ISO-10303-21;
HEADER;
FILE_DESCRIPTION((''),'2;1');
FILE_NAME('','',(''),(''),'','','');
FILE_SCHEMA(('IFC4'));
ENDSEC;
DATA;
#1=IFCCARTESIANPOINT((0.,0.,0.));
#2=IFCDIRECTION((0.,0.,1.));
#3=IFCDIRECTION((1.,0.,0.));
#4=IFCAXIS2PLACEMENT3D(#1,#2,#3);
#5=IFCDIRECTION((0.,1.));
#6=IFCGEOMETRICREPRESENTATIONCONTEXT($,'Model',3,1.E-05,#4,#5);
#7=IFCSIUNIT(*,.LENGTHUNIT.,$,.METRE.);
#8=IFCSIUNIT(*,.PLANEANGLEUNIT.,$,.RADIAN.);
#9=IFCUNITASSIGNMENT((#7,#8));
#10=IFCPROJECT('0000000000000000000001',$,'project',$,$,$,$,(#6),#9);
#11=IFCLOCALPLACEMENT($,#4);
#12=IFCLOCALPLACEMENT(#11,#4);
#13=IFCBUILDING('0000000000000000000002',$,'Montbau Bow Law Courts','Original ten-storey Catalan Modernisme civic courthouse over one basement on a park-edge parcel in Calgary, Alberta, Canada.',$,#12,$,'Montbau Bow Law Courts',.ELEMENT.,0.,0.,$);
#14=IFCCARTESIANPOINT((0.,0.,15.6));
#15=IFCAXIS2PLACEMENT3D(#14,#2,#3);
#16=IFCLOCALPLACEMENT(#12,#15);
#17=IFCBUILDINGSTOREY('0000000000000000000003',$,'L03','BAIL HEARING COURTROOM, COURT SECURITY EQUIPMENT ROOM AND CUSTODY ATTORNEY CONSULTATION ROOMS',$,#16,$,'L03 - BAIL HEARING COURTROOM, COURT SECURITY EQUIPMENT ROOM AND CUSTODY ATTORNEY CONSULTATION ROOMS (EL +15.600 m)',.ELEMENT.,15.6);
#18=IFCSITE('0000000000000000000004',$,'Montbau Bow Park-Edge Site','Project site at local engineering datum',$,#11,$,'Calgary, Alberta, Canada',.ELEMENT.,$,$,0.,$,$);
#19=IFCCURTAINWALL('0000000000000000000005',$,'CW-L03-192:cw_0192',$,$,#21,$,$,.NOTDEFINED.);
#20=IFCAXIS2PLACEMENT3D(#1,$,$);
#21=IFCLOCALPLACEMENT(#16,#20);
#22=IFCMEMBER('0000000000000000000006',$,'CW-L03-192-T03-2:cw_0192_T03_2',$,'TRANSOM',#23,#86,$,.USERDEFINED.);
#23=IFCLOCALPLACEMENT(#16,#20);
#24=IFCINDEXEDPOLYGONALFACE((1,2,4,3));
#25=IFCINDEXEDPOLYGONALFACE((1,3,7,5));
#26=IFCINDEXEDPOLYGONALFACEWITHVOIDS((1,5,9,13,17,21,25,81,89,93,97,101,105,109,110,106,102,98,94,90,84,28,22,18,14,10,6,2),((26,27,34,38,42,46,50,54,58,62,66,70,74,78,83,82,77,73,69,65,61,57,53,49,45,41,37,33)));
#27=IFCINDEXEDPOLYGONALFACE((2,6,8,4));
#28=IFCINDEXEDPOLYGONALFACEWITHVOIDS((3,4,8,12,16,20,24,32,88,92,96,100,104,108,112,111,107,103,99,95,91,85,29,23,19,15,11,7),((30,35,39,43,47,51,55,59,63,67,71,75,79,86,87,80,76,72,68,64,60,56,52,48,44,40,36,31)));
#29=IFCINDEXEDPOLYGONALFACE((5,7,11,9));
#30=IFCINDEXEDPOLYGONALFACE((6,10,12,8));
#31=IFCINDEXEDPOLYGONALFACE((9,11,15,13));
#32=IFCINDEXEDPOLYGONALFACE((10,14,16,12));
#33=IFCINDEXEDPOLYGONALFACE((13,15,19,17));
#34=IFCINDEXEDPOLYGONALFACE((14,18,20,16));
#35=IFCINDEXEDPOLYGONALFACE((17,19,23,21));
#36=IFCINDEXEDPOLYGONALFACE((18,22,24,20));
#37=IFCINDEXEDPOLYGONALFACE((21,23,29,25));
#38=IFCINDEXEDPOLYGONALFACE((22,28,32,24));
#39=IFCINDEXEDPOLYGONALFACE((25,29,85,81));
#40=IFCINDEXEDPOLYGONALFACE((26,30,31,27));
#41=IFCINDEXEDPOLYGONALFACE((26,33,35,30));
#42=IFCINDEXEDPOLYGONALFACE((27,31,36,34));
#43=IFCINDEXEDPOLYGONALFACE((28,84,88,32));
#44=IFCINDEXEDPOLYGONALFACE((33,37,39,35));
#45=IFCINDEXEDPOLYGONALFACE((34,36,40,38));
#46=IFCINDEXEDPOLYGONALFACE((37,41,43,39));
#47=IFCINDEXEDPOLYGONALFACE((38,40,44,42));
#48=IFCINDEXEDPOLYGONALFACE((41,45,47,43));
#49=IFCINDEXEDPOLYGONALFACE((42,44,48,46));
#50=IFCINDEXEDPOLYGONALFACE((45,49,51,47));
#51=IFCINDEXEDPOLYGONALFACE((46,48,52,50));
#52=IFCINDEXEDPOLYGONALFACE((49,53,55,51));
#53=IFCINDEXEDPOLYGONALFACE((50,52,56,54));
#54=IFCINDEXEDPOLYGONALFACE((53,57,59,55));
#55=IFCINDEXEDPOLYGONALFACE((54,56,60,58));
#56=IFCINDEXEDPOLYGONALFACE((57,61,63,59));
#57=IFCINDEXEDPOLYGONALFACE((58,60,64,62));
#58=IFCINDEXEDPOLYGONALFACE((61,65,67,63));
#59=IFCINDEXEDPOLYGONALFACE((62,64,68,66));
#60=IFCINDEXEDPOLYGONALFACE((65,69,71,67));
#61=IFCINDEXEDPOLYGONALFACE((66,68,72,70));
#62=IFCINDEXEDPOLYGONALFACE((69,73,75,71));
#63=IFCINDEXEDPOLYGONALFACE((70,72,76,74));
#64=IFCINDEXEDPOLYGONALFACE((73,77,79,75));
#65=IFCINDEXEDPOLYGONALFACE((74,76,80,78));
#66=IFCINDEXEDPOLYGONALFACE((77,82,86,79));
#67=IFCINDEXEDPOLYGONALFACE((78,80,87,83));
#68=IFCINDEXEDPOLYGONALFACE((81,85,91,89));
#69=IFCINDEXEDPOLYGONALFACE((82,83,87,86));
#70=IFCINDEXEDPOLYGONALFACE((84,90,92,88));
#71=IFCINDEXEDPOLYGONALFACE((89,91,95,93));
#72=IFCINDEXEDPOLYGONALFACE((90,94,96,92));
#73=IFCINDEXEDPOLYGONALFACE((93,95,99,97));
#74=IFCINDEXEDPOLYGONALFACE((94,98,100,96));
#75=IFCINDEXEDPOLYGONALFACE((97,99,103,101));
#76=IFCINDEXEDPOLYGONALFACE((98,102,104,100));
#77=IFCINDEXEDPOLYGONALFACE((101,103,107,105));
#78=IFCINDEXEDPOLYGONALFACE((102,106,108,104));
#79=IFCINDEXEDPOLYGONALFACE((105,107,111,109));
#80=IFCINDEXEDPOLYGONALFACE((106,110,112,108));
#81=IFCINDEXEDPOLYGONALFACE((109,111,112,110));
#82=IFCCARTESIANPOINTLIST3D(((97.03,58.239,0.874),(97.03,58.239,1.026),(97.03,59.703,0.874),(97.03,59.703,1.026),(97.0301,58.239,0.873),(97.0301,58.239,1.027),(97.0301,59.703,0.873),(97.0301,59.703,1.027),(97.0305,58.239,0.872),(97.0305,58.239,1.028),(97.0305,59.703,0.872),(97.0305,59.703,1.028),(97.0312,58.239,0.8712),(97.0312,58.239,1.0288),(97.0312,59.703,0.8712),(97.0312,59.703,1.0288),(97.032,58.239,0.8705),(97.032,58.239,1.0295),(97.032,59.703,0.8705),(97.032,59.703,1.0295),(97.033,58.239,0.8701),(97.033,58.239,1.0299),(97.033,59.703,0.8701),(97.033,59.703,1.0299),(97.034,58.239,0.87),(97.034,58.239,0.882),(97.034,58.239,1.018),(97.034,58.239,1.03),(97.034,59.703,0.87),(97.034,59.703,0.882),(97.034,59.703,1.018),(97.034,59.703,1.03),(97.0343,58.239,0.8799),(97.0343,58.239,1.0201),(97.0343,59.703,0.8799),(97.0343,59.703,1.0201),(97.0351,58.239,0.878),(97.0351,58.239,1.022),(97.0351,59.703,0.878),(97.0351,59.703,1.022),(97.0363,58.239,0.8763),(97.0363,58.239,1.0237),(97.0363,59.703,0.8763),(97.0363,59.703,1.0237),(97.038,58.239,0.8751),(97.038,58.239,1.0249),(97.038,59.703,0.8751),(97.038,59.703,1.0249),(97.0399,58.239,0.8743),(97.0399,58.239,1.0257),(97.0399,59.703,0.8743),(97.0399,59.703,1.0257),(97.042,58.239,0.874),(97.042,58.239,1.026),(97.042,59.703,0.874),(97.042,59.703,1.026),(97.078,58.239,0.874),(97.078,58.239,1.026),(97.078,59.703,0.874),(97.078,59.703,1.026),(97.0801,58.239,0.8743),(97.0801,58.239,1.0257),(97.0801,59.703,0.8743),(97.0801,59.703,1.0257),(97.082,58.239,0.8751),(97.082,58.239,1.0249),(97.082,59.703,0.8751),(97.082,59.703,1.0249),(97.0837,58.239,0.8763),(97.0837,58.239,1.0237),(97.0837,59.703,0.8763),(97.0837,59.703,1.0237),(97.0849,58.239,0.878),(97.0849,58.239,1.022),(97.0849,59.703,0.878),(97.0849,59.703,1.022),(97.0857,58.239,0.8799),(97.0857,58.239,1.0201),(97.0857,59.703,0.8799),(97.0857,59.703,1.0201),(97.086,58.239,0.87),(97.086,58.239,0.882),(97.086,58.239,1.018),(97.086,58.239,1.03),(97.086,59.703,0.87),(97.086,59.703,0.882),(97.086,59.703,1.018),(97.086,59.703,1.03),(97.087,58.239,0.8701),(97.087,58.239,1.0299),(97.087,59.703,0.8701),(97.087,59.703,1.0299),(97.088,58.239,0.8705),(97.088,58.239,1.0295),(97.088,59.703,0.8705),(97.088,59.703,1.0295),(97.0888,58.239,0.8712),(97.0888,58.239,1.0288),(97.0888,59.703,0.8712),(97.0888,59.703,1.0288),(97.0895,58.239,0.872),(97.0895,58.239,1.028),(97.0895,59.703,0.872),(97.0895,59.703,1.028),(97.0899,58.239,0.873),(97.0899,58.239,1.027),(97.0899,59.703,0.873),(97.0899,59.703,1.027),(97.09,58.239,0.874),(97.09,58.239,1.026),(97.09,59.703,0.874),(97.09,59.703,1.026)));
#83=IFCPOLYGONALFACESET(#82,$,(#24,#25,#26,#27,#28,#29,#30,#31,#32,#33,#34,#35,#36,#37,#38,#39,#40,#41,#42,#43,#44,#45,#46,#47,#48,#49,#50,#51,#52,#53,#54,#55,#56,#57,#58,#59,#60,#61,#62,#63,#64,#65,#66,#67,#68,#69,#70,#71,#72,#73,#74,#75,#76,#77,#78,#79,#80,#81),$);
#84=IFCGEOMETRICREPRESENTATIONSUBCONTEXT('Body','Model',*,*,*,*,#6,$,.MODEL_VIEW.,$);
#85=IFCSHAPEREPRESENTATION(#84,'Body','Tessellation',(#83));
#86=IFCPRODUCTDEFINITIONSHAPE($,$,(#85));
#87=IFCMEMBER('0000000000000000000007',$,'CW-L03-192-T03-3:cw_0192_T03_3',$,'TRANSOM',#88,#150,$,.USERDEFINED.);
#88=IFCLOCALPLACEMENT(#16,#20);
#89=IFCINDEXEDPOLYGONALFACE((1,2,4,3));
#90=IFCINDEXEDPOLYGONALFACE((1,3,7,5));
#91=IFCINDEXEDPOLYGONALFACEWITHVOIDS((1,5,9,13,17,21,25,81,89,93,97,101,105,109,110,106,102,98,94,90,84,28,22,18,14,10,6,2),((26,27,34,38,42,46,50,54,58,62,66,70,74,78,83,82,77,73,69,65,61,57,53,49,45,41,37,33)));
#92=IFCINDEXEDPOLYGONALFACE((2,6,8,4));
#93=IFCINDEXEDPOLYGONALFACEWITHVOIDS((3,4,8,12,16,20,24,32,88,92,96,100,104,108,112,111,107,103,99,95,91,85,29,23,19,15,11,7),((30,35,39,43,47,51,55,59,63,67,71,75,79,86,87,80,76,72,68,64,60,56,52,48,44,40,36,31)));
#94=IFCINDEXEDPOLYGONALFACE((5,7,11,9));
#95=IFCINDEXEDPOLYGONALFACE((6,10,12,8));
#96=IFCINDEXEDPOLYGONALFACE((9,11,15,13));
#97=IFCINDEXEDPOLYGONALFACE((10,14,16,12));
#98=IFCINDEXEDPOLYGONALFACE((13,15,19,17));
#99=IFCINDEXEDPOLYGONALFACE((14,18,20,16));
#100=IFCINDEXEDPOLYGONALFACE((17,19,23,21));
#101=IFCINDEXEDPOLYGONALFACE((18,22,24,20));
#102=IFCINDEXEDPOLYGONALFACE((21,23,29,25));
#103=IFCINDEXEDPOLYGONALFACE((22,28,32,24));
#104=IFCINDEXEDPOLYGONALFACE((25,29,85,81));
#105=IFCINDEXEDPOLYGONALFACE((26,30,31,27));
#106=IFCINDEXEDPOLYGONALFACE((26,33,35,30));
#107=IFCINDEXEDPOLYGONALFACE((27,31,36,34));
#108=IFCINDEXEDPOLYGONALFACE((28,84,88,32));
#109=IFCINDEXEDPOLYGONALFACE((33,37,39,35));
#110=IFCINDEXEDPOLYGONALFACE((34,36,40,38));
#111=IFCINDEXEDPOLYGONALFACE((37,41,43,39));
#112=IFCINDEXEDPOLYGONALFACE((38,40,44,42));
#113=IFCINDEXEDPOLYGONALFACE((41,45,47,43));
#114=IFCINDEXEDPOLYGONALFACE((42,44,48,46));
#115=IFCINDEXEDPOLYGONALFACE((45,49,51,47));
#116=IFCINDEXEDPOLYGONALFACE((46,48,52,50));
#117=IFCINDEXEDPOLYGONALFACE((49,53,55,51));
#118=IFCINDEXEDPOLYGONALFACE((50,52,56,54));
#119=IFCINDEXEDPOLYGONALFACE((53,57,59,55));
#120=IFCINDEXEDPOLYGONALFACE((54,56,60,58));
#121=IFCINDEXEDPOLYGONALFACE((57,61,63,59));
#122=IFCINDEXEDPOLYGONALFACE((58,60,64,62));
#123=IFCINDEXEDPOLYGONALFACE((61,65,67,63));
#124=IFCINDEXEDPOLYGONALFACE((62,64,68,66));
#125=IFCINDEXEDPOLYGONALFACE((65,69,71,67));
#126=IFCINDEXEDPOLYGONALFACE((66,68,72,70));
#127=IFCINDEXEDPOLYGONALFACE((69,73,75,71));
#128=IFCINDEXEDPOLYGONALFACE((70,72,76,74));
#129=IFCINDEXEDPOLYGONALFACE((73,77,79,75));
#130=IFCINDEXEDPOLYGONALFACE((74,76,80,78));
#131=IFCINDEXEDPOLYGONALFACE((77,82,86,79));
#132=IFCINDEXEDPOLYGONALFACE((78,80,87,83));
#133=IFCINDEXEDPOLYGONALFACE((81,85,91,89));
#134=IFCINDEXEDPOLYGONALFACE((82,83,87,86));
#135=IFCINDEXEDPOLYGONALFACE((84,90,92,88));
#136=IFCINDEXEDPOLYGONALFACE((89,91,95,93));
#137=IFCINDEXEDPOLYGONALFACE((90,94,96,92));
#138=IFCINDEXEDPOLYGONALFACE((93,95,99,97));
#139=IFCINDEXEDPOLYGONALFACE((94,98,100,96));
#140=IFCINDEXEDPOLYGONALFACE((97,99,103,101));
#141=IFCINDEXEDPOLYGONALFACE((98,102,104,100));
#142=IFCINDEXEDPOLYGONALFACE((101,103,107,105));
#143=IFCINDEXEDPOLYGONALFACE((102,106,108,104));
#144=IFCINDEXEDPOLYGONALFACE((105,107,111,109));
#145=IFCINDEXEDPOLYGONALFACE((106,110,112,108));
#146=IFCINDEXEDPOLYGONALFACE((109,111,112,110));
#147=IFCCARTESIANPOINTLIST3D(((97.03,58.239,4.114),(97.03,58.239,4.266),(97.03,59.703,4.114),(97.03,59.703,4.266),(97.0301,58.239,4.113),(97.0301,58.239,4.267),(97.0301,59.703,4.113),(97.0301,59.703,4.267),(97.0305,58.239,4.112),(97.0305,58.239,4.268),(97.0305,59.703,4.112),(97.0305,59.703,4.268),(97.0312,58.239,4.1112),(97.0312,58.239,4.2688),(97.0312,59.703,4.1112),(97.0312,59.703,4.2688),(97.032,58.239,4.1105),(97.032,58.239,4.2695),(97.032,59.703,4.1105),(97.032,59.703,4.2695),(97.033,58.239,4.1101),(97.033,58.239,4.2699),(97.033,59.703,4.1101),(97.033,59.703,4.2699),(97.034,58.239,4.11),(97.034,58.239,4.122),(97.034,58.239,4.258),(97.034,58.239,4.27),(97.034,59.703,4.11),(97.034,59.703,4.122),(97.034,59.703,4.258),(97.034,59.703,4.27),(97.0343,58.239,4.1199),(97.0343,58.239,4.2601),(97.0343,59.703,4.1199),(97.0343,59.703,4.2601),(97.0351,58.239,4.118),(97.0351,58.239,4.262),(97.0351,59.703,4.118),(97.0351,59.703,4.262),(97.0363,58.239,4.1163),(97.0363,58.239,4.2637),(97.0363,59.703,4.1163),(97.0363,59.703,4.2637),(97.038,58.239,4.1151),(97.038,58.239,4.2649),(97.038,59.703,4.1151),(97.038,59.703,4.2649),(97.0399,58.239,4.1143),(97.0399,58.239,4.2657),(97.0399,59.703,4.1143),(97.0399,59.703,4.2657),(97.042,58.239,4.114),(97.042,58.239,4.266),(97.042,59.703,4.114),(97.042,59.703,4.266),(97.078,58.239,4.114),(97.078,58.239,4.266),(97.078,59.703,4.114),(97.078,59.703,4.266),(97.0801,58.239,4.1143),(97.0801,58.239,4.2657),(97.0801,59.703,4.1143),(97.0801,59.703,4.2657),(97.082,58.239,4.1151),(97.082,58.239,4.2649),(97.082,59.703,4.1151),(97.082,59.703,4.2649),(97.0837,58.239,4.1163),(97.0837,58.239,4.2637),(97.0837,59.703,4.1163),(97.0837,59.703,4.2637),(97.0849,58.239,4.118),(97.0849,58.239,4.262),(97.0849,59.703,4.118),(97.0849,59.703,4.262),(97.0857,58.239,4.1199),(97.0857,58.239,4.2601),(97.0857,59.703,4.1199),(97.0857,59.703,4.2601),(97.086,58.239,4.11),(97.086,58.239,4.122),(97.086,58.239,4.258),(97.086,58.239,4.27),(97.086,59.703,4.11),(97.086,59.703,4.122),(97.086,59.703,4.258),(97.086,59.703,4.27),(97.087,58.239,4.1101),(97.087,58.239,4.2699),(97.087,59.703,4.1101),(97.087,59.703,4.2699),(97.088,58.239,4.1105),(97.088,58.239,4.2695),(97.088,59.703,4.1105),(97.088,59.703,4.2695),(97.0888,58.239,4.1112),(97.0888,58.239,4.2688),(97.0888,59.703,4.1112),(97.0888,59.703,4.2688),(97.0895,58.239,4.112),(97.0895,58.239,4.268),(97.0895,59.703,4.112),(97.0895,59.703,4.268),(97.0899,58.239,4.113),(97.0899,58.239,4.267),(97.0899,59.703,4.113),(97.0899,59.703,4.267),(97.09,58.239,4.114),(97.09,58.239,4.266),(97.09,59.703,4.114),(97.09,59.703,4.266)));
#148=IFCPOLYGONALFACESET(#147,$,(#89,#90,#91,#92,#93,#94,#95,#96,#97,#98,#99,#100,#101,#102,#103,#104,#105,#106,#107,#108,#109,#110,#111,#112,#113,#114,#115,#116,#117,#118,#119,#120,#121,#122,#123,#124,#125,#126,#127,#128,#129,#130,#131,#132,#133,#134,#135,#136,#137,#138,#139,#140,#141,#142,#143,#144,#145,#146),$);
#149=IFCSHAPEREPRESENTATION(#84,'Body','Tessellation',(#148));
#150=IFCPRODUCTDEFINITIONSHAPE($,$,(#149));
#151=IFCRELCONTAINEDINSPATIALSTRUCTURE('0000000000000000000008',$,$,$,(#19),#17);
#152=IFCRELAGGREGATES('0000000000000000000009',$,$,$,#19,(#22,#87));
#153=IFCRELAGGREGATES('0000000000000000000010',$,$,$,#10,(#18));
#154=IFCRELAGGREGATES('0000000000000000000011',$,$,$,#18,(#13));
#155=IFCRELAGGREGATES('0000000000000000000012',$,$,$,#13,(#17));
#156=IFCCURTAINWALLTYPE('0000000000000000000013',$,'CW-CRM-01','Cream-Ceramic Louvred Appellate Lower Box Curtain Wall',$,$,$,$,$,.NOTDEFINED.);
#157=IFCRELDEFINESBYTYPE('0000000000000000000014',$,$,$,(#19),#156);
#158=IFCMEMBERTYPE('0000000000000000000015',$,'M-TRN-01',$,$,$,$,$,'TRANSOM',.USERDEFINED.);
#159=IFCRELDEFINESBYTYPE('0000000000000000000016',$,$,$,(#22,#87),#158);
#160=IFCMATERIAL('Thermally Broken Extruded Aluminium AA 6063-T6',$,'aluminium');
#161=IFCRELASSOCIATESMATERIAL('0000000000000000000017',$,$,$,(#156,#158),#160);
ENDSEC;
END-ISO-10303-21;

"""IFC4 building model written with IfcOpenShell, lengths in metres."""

from ifc_helpers import new_model, si_unit, direction, frame, origin_with_axes, origin_2d_with_axis, place, context, subcontext, project, spatial, hollow_rectangle, extrude, material, material_profile, profile_set, type_object, element, aggregate, save


model = new_model("IFC4")

# Units and contexts
model_context = context("Model", 3, precision=1e-05, world=origin_with_axes(), true_north=direction((0.0, 1.0)))
body_context = subcontext(model_context, "Body", "Model", "MODEL_VIEW")
ifc_project = project(units=[si_unit("LENGTHUNIT", "METRE"), si_unit("PLANEANGLEUNIT", "RADIAN")], contexts=[model_context])

# Site, building, storey
site_placement = place(None, origin_with_axes())
site = spatial("IfcSite", under=ifc_project, at=site_placement, Name="Montbau Bow Park-Edge Site", Description="Project site at local engineering datum", LongName="Calgary, Alberta, Canada", CompositionType="ELEMENT", RefElevation=0.0)
building_placement = place(site_placement, origin_with_axes())
building = spatial("IfcBuilding", under=site, at=building_placement, Name="Montbau Bow Law Courts", Description="Original ten-storey Catalan Modernisme civic courthouse over one basement on a park-edge parcel in Calgary, Alberta, Canada.", LongName="Montbau Bow Law Courts", CompositionType="ELEMENT", ElevationOfRefHeight=0.0, ElevationOfTerrain=0.0)
storey_placement = place(building_placement, frame((0.0, 0.0, 15.6), z_axis=(0.0, 0.0, 1.0), x_axis=(1.0, 0.0, 0.0)))
storey = spatial("IfcBuildingStorey", under=building, at=storey_placement, Name="L03", Description="BAIL HEARING COURTROOM, COURT SECURITY EQUIPMENT ROOM AND CUSTODY ATTORNEY CONSULTATION ROOMS", LongName="L03 - BAIL HEARING COURTROOM, COURT SECURITY EQUIPMENT ROOM AND CUSTODY ATTORNEY CONSULTATION ROOMS (EL +15.600 m)", CompositionType="ELEMENT", Elevation=15.6)

# Curtain wall
ifc_material_1 = material(Name="Thermally Broken Extruded Aluminium AA 6063-T6", Category="aluminium")
curtain_wall_type = type_object("IfcCurtainWallType", Name="CW-CRM-01", Description="Cream-Ceramic Louvred Appellate Lower Box Curtain Wall", PredefinedType="NOTDEFINED", material=ifc_material_1)
curtain_wall_1_placement = place(None, frame((97.06, 55.115, 15.6), z_axis=(0.0, 0.0, 1.0), x_axis=(1.0, 0.0, 0.0)))
curtain_wall_1 = element("IfcCurtainWall", 1, at=curtain_wall_1_placement, inside=storey, type_object=curtain_wall_type, Name="CW-L03-192:cw_0192", PredefinedType="NOTDEFINED")

# Members
ifc_material_profile_1 = material_profile(ifc_material_1, hollow_rectangle(XDim=0.06, YDim=0.16, WallThickness=0.004, InnerFilletRadius=0.008, OuterFilletRadius=0.004, at=origin_2d_with_axis()), Name="CWT-160X60", Category="Main", Priority=0)
ifc_profile_set_1 = profile_set([ifc_material_profile_1], Name="Thermally Broken Extruded Aluminium AA 6063-T6")
member_type_1 = type_object("IfcMemberType", Name="M-TRN-01", ElementType="TRANSOM", PredefinedType="USERDEFINED", material=ifc_profile_set_1)
member_1_placement = place(None, frame((97.06, 58.239, 16.55), z_axis=(0.0, 1.0, 0.0), x_axis=(-1.0, 0.0, 0.0)))
member_1 = element("IfcMember", 2, at=member_1_placement, type_object=member_type_1, Name="CW-L03-192-T03-2:cw_0192_T03_2", ObjectType="TRANSOM", PredefinedType="USERDEFINED", context=body_context, shape_type="SweptSolid", body=[
    extrude(hollow_rectangle(XDim=0.06, YDim=0.16, WallThickness=0.004, InnerFilletRadius=0.008, OuterFilletRadius=0.004, at=origin_2d_with_axis()), origin_with_axes(), (0.0, 0.0, 1.0), 1.464),
])
member_2_placement = place(None, frame((97.06, 58.239, 19.79), z_axis=(0.0, 1.0, 0.0), x_axis=(-1.0, 0.0, 0.0)))
member_2 = element("IfcMember", 3, at=member_2_placement, type_object=member_type_1, Name="CW-L03-192-T03-3:cw_0192_T03_3", ObjectType="TRANSOM", PredefinedType="USERDEFINED", context=body_context, shape_type="SweptSolid", body=[
    extrude(hollow_rectangle(XDim=0.06, YDim=0.16, WallThickness=0.004, InnerFilletRadius=0.008, OuterFilletRadius=0.004, at=origin_2d_with_axis()), origin_with_axes(), (0.0, 0.0, 1.0), 1.464),
])

aggregate(curtain_wall_1, [member_1, member_2])

save(model, "model.ifc")
